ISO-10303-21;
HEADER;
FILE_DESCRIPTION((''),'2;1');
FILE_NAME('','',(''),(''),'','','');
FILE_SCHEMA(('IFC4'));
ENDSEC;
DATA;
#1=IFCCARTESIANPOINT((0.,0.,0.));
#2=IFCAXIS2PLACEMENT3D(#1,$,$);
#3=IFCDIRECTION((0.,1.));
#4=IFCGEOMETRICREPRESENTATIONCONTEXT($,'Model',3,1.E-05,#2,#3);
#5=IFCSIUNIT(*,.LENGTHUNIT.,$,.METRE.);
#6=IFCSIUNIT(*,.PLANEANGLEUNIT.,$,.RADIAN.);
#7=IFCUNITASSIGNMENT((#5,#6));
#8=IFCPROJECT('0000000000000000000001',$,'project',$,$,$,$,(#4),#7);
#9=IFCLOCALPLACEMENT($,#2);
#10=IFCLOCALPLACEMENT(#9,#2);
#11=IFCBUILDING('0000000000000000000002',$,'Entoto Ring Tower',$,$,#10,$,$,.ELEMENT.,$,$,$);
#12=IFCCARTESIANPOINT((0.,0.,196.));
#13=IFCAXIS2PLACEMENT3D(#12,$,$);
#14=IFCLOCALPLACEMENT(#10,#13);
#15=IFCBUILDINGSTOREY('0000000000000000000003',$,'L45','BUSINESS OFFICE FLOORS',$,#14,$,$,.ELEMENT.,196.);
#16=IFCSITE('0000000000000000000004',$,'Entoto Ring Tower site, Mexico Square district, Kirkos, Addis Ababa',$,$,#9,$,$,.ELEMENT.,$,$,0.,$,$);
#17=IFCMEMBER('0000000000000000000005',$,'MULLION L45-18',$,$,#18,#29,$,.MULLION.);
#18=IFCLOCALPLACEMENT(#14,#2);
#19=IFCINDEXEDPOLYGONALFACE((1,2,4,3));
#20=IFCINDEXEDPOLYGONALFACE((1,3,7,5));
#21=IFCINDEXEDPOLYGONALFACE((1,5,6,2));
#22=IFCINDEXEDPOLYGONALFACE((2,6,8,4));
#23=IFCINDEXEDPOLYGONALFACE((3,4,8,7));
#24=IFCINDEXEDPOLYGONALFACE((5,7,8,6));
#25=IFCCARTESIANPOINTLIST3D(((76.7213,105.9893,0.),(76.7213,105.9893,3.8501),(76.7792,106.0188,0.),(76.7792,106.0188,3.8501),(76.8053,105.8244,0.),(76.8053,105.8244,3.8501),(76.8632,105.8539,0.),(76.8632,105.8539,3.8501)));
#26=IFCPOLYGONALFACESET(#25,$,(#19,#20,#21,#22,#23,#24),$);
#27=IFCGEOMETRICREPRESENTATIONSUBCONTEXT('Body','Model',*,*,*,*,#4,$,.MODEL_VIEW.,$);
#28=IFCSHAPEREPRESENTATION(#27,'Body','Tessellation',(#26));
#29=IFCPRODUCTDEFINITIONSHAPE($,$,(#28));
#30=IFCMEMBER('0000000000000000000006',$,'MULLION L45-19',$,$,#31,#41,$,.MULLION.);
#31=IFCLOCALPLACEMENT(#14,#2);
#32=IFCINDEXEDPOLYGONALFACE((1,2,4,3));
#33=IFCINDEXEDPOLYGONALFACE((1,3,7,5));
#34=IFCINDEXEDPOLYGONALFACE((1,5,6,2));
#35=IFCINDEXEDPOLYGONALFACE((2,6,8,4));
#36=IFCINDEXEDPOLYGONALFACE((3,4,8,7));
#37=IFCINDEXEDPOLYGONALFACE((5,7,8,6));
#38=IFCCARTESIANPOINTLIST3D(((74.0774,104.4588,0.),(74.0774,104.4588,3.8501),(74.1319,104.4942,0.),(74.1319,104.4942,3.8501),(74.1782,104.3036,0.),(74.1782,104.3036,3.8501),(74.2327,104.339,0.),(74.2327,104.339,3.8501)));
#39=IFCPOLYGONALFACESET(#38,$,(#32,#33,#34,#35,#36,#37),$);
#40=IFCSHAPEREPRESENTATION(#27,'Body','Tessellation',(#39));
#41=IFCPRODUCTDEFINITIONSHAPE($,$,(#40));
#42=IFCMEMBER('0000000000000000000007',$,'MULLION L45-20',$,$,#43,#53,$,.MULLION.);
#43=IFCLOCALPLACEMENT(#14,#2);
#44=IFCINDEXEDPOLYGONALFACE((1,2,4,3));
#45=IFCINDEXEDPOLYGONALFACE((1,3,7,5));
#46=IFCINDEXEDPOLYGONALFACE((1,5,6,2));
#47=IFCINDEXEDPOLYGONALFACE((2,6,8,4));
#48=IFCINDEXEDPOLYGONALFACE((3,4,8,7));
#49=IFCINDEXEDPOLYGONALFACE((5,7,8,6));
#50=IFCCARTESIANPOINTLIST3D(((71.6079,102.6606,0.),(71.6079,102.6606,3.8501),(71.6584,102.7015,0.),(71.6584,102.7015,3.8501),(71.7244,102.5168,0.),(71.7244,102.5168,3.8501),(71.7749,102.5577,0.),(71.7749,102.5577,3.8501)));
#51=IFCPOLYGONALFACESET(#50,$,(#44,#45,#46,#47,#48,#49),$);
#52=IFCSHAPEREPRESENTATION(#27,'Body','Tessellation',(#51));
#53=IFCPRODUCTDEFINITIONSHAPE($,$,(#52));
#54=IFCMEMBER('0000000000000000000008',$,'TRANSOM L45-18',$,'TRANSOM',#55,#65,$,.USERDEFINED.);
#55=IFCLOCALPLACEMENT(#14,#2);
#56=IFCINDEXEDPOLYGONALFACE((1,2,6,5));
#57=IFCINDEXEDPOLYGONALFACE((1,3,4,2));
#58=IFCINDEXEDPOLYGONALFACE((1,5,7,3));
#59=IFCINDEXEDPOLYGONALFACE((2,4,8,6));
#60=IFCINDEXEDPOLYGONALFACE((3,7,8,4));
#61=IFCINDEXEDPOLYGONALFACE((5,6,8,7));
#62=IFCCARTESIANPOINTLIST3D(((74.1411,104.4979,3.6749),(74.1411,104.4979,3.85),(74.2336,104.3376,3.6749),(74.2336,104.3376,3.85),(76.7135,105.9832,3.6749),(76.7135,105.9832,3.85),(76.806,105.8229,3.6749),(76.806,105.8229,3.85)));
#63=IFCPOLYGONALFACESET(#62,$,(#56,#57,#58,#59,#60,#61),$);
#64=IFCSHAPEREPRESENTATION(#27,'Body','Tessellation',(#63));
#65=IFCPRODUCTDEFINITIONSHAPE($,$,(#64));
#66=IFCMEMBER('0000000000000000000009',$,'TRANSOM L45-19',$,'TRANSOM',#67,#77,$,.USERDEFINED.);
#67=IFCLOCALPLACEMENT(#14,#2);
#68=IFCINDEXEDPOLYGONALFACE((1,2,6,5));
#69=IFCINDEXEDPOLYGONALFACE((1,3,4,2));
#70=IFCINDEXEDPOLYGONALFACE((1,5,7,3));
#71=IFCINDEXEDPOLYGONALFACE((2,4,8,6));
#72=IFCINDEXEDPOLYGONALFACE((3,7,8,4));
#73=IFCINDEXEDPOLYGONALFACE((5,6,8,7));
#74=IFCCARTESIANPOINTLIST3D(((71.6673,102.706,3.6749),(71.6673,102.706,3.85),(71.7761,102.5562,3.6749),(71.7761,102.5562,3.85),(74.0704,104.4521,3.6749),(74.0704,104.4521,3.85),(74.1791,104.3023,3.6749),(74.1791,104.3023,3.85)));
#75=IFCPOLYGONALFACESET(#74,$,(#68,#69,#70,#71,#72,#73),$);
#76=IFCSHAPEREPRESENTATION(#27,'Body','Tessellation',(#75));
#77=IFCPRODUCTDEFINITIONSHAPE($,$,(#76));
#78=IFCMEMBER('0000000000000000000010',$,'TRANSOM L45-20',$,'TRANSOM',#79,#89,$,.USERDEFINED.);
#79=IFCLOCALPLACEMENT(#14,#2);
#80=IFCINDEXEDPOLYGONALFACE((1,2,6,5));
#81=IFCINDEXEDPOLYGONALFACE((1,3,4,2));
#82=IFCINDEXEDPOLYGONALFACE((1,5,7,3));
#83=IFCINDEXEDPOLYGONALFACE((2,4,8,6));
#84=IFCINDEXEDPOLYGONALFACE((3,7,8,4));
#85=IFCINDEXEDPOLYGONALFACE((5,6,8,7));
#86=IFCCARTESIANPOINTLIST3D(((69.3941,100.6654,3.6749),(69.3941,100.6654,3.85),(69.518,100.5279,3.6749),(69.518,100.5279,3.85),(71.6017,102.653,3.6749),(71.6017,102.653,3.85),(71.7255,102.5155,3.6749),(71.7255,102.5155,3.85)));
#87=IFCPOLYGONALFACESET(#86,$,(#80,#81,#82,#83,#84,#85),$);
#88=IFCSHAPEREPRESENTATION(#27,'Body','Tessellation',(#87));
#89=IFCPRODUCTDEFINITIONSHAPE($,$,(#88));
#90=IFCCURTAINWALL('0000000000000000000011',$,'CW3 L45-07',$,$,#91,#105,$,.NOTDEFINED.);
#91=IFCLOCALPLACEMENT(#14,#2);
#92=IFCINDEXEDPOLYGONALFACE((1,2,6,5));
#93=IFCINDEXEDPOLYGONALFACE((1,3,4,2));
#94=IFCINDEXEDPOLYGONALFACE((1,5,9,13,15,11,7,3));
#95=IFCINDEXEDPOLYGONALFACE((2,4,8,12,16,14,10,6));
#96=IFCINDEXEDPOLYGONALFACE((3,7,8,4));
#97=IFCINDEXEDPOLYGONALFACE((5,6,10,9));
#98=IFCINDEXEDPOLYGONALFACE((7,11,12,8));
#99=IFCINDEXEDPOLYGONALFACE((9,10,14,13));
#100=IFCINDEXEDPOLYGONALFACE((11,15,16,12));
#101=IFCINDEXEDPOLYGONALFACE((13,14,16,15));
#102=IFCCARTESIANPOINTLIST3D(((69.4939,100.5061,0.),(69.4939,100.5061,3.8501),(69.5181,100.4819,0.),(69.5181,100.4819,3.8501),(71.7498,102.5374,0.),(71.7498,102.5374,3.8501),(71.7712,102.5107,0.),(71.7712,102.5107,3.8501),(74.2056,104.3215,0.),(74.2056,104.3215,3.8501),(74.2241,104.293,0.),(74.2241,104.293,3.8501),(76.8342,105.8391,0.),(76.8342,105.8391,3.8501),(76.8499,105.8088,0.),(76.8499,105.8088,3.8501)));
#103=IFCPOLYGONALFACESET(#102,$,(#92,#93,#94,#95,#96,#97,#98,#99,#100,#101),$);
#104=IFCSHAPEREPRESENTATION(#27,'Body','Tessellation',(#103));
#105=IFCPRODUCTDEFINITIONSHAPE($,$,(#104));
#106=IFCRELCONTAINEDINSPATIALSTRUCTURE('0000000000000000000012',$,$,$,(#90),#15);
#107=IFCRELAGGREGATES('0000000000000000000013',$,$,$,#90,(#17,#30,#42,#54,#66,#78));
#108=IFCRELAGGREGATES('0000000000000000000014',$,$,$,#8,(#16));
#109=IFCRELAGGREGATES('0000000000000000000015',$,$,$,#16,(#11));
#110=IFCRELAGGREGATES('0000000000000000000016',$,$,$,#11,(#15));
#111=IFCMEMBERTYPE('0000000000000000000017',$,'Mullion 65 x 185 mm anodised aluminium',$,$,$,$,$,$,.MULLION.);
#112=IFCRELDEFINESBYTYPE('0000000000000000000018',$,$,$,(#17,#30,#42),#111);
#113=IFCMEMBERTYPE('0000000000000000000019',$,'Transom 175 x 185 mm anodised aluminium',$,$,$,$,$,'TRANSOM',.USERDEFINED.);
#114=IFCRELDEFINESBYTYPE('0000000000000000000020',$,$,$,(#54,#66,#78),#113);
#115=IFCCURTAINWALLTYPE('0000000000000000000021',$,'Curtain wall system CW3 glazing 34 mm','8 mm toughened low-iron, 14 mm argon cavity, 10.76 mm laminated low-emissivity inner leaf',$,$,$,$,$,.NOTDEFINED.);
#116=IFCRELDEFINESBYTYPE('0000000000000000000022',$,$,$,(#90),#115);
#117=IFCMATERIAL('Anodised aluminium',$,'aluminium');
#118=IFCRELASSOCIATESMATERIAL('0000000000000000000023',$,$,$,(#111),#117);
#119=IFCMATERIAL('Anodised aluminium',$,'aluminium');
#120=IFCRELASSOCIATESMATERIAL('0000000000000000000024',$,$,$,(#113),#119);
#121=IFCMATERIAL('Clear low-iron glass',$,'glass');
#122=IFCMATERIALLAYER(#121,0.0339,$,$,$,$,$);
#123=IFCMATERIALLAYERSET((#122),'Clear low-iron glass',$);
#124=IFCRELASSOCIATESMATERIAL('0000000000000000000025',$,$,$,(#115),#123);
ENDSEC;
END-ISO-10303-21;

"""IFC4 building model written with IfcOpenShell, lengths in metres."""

from ifc_helpers import new_model, si_unit, direction, frame, origin, origin_2d, place, context, subcontext, project, spatial, polyline, rectangle, outline, extrude, material, layer, layer_set, material_profile, profile_set, type_object, element, aggregate, save


model = new_model("IFC4")

# Units and contexts
model_context = context("Model", 3, precision=1e-05, world=origin(), true_north=direction((0.0, 1.0)))
body_context = subcontext(model_context, "Body", "Model", "MODEL_VIEW")
ifc_project = project(units=[si_unit("LENGTHUNIT", "METRE"), si_unit("PLANEANGLEUNIT", "RADIAN")], contexts=[model_context])

# Members
ifc_material_1 = material(Name="Anodised aluminium", Category="aluminium")
ifc_material_profile_1 = material_profile(ifc_material_1, rectangle(XDim=0.0649, YDim=0.1851, at=origin_2d()), Name="Mullion 65 x 185 mm anodised aluminium")
ifc_profile_set_1 = profile_set([ifc_material_profile_1], Name="Anodised aluminium")
member_type_1 = type_object("IfcMemberType", Name="Mullion 65 x 185 mm anodised aluminium", PredefinedType="MULLION", material=ifc_profile_set_1)
site_placement = place(None, origin())
building_placement = place(site_placement, origin())
storey_placement = place(building_placement, frame((0.0, 0.0, 196.0)))
member_1_placement = place(storey_placement, frame((76.7922, 105.9216, 0.0), z_axis=(0.0, 0.0, 1.0), x_axis=(-0.891007, -0.45399, 0.0)))
member_1 = element("IfcMember", 1, at=member_1_placement, type_object=member_type_1, Name="MULLION L45-18", PredefinedType="MULLION", context=body_context, shape_type="SweptSolid", body=[
    extrude(rectangle(XDim=0.0649, YDim=0.1851, at=origin_2d()), origin(), (0.0, 0.0, 1.0), 3.8501),
])
member_2_placement = place(storey_placement, frame((74.155, 104.3989, 0.0), z_axis=(0.0, 0.0, 1.0), x_axis=(-0.838671, -0.544639, 0.0)))
member_2 = element("IfcMember", 2, at=member_2_placement, type_object=member_type_1, Name="MULLION L45-19", PredefinedType="MULLION", context=body_context, shape_type="SweptSolid", body=[
    extrude(rectangle(XDim=0.0649, YDim=0.1851, at=origin_2d()), origin(), (0.0, 0.0, 1.0), 3.8501),
])
member_3_placement = place(storey_placement, frame((71.6914, 102.6091, 0.0), z_axis=(0.0, 0.0, 1.0), x_axis=(-0.777146, -0.62932, 0.0)))
member_3 = element("IfcMember", 3, at=member_3_placement, type_object=member_type_1, Name="MULLION L45-20", PredefinedType="MULLION", context=body_context, shape_type="SweptSolid", body=[
    extrude(rectangle(XDim=0.0649, YDim=0.1851, at=origin_2d()), origin(), (0.0, 0.0, 1.0), 3.8501),
])
ifc_material_2 = material(Name="Anodised aluminium", Category="aluminium")
ifc_material_profile_2 = material_profile(ifc_material_2, rectangle(XDim=0.1851, YDim=0.175, at=origin_2d()), Name="Transom 175 x 185 mm anodised aluminium")
ifc_profile_set_2 = profile_set([ifc_material_profile_2], Name="Anodised aluminium")
member_type_2 = type_object("IfcMemberType", Name="Transom 175 x 185 mm anodised aluminium", ElementType="TRANSOM", PredefinedType="USERDEFINED", material=ifc_profile_set_2)
member_4_placement = place(storey_placement, frame((76.7598, 105.9031, 3.7625), z_axis=(-0.866009, -0.500028, 0.0), x_axis=(0.500028, -0.866009, 0.0)))
member_4 = element("IfcMember", 4, at=member_4_placement, type_object=member_type_2, Name="TRANSOM L45-18", ObjectType="TRANSOM", PredefinedType="USERDEFINED", context=body_context, shape_type="SweptSolid", body=[
    extrude(rectangle(XDim=0.1851, YDim=0.175, at=origin_2d()), origin(), (0.0, 0.0, 1.0), 2.9705),
])
member_5_placement = place(storey_placement, frame((74.1248, 104.3772, 3.7625), z_axis=(-0.808992, -0.58782, 0.0), x_axis=(0.58782, -0.808992, 0.0)))
member_5 = element("IfcMember", 5, at=member_5_placement, type_object=member_type_2, Name="TRANSOM L45-19", ObjectType="TRANSOM", PredefinedType="USERDEFINED", context=body_context, shape_type="SweptSolid", body=[
    extrude(rectangle(XDim=0.1851, YDim=0.175, at=origin_2d()), origin(), (0.0, 0.0, 1.0), 2.9705),
])
member_6_placement = place(storey_placement, frame((71.6636, 102.5842, 3.7625), z_axis=(-0.743163, -0.66911, 0.0), x_axis=(0.66911, -0.743163, 0.0)))
member_6 = element("IfcMember", 6, at=member_6_placement, type_object=member_type_2, Name="TRANSOM L45-20", ObjectType="TRANSOM", PredefinedType="USERDEFINED", context=body_context, shape_type="SweptSolid", body=[
    extrude(rectangle(XDim=0.1851, YDim=0.175, at=origin_2d()), origin(), (0.0, 0.0, 1.0), 2.9705),
])

# Site, building, storey
site = spatial("IfcSite", under=ifc_project, at=site_placement, Name="Entoto Ring Tower site, Mexico Square district, Kirkos, Addis Ababa", CompositionType="ELEMENT", RefElevation=0.0)
building = spatial("IfcBuilding", under=site, at=building_placement, Name="Entoto Ring Tower", CompositionType="ELEMENT")
storey = spatial("IfcBuildingStorey", under=building, at=storey_placement, Name="L45", Description="BUSINESS OFFICE FLOORS", CompositionType="ELEMENT", Elevation=196.0)

# Curtain wall
ifc_material_3 = material(Name="Clear low-iron glass", Category="glass")
ifc_layer = layer(ifc_material_3, 0.0339)
ifc_layer_set = layer_set([ifc_layer], Name="Clear low-iron glass")
curtain_wall_type = type_object("IfcCurtainWallType", Name="Curtain wall system CW3 glazing 34 mm", Description="8 mm toughened low-iron, 14 mm argon cavity, 10.76 mm laminated low-emissivity inner leaf", PredefinedType="NOTDEFINED", material=ifc_layer_set)
curtain_wall_1_placement = place(storey_placement, origin())
curtain_wall_1 = element("IfcCurtainWall", 7, at=curtain_wall_1_placement, inside=storey, type_object=curtain_wall_type, Name="CW3 L45-07", PredefinedType="NOTDEFINED", context=body_context, shape_type="SweptSolid", body=[
    extrude(outline(polyline([(76.8342, 105.8391), (74.2056, 104.3215), (71.7498, 102.5374), (69.4939, 100.5061), (69.5181, 100.4819), (71.7712, 102.5107), (74.2241, 104.293), (76.8499, 105.8088), (76.8342, 105.8391)])), origin(), (0.0, 0.0, 1.0), 3.8501),
])
aggregate(curtain_wall_1, [member_1, member_2, member_3, member_4, member_5, member_6])

save(model, "model.ifc")
